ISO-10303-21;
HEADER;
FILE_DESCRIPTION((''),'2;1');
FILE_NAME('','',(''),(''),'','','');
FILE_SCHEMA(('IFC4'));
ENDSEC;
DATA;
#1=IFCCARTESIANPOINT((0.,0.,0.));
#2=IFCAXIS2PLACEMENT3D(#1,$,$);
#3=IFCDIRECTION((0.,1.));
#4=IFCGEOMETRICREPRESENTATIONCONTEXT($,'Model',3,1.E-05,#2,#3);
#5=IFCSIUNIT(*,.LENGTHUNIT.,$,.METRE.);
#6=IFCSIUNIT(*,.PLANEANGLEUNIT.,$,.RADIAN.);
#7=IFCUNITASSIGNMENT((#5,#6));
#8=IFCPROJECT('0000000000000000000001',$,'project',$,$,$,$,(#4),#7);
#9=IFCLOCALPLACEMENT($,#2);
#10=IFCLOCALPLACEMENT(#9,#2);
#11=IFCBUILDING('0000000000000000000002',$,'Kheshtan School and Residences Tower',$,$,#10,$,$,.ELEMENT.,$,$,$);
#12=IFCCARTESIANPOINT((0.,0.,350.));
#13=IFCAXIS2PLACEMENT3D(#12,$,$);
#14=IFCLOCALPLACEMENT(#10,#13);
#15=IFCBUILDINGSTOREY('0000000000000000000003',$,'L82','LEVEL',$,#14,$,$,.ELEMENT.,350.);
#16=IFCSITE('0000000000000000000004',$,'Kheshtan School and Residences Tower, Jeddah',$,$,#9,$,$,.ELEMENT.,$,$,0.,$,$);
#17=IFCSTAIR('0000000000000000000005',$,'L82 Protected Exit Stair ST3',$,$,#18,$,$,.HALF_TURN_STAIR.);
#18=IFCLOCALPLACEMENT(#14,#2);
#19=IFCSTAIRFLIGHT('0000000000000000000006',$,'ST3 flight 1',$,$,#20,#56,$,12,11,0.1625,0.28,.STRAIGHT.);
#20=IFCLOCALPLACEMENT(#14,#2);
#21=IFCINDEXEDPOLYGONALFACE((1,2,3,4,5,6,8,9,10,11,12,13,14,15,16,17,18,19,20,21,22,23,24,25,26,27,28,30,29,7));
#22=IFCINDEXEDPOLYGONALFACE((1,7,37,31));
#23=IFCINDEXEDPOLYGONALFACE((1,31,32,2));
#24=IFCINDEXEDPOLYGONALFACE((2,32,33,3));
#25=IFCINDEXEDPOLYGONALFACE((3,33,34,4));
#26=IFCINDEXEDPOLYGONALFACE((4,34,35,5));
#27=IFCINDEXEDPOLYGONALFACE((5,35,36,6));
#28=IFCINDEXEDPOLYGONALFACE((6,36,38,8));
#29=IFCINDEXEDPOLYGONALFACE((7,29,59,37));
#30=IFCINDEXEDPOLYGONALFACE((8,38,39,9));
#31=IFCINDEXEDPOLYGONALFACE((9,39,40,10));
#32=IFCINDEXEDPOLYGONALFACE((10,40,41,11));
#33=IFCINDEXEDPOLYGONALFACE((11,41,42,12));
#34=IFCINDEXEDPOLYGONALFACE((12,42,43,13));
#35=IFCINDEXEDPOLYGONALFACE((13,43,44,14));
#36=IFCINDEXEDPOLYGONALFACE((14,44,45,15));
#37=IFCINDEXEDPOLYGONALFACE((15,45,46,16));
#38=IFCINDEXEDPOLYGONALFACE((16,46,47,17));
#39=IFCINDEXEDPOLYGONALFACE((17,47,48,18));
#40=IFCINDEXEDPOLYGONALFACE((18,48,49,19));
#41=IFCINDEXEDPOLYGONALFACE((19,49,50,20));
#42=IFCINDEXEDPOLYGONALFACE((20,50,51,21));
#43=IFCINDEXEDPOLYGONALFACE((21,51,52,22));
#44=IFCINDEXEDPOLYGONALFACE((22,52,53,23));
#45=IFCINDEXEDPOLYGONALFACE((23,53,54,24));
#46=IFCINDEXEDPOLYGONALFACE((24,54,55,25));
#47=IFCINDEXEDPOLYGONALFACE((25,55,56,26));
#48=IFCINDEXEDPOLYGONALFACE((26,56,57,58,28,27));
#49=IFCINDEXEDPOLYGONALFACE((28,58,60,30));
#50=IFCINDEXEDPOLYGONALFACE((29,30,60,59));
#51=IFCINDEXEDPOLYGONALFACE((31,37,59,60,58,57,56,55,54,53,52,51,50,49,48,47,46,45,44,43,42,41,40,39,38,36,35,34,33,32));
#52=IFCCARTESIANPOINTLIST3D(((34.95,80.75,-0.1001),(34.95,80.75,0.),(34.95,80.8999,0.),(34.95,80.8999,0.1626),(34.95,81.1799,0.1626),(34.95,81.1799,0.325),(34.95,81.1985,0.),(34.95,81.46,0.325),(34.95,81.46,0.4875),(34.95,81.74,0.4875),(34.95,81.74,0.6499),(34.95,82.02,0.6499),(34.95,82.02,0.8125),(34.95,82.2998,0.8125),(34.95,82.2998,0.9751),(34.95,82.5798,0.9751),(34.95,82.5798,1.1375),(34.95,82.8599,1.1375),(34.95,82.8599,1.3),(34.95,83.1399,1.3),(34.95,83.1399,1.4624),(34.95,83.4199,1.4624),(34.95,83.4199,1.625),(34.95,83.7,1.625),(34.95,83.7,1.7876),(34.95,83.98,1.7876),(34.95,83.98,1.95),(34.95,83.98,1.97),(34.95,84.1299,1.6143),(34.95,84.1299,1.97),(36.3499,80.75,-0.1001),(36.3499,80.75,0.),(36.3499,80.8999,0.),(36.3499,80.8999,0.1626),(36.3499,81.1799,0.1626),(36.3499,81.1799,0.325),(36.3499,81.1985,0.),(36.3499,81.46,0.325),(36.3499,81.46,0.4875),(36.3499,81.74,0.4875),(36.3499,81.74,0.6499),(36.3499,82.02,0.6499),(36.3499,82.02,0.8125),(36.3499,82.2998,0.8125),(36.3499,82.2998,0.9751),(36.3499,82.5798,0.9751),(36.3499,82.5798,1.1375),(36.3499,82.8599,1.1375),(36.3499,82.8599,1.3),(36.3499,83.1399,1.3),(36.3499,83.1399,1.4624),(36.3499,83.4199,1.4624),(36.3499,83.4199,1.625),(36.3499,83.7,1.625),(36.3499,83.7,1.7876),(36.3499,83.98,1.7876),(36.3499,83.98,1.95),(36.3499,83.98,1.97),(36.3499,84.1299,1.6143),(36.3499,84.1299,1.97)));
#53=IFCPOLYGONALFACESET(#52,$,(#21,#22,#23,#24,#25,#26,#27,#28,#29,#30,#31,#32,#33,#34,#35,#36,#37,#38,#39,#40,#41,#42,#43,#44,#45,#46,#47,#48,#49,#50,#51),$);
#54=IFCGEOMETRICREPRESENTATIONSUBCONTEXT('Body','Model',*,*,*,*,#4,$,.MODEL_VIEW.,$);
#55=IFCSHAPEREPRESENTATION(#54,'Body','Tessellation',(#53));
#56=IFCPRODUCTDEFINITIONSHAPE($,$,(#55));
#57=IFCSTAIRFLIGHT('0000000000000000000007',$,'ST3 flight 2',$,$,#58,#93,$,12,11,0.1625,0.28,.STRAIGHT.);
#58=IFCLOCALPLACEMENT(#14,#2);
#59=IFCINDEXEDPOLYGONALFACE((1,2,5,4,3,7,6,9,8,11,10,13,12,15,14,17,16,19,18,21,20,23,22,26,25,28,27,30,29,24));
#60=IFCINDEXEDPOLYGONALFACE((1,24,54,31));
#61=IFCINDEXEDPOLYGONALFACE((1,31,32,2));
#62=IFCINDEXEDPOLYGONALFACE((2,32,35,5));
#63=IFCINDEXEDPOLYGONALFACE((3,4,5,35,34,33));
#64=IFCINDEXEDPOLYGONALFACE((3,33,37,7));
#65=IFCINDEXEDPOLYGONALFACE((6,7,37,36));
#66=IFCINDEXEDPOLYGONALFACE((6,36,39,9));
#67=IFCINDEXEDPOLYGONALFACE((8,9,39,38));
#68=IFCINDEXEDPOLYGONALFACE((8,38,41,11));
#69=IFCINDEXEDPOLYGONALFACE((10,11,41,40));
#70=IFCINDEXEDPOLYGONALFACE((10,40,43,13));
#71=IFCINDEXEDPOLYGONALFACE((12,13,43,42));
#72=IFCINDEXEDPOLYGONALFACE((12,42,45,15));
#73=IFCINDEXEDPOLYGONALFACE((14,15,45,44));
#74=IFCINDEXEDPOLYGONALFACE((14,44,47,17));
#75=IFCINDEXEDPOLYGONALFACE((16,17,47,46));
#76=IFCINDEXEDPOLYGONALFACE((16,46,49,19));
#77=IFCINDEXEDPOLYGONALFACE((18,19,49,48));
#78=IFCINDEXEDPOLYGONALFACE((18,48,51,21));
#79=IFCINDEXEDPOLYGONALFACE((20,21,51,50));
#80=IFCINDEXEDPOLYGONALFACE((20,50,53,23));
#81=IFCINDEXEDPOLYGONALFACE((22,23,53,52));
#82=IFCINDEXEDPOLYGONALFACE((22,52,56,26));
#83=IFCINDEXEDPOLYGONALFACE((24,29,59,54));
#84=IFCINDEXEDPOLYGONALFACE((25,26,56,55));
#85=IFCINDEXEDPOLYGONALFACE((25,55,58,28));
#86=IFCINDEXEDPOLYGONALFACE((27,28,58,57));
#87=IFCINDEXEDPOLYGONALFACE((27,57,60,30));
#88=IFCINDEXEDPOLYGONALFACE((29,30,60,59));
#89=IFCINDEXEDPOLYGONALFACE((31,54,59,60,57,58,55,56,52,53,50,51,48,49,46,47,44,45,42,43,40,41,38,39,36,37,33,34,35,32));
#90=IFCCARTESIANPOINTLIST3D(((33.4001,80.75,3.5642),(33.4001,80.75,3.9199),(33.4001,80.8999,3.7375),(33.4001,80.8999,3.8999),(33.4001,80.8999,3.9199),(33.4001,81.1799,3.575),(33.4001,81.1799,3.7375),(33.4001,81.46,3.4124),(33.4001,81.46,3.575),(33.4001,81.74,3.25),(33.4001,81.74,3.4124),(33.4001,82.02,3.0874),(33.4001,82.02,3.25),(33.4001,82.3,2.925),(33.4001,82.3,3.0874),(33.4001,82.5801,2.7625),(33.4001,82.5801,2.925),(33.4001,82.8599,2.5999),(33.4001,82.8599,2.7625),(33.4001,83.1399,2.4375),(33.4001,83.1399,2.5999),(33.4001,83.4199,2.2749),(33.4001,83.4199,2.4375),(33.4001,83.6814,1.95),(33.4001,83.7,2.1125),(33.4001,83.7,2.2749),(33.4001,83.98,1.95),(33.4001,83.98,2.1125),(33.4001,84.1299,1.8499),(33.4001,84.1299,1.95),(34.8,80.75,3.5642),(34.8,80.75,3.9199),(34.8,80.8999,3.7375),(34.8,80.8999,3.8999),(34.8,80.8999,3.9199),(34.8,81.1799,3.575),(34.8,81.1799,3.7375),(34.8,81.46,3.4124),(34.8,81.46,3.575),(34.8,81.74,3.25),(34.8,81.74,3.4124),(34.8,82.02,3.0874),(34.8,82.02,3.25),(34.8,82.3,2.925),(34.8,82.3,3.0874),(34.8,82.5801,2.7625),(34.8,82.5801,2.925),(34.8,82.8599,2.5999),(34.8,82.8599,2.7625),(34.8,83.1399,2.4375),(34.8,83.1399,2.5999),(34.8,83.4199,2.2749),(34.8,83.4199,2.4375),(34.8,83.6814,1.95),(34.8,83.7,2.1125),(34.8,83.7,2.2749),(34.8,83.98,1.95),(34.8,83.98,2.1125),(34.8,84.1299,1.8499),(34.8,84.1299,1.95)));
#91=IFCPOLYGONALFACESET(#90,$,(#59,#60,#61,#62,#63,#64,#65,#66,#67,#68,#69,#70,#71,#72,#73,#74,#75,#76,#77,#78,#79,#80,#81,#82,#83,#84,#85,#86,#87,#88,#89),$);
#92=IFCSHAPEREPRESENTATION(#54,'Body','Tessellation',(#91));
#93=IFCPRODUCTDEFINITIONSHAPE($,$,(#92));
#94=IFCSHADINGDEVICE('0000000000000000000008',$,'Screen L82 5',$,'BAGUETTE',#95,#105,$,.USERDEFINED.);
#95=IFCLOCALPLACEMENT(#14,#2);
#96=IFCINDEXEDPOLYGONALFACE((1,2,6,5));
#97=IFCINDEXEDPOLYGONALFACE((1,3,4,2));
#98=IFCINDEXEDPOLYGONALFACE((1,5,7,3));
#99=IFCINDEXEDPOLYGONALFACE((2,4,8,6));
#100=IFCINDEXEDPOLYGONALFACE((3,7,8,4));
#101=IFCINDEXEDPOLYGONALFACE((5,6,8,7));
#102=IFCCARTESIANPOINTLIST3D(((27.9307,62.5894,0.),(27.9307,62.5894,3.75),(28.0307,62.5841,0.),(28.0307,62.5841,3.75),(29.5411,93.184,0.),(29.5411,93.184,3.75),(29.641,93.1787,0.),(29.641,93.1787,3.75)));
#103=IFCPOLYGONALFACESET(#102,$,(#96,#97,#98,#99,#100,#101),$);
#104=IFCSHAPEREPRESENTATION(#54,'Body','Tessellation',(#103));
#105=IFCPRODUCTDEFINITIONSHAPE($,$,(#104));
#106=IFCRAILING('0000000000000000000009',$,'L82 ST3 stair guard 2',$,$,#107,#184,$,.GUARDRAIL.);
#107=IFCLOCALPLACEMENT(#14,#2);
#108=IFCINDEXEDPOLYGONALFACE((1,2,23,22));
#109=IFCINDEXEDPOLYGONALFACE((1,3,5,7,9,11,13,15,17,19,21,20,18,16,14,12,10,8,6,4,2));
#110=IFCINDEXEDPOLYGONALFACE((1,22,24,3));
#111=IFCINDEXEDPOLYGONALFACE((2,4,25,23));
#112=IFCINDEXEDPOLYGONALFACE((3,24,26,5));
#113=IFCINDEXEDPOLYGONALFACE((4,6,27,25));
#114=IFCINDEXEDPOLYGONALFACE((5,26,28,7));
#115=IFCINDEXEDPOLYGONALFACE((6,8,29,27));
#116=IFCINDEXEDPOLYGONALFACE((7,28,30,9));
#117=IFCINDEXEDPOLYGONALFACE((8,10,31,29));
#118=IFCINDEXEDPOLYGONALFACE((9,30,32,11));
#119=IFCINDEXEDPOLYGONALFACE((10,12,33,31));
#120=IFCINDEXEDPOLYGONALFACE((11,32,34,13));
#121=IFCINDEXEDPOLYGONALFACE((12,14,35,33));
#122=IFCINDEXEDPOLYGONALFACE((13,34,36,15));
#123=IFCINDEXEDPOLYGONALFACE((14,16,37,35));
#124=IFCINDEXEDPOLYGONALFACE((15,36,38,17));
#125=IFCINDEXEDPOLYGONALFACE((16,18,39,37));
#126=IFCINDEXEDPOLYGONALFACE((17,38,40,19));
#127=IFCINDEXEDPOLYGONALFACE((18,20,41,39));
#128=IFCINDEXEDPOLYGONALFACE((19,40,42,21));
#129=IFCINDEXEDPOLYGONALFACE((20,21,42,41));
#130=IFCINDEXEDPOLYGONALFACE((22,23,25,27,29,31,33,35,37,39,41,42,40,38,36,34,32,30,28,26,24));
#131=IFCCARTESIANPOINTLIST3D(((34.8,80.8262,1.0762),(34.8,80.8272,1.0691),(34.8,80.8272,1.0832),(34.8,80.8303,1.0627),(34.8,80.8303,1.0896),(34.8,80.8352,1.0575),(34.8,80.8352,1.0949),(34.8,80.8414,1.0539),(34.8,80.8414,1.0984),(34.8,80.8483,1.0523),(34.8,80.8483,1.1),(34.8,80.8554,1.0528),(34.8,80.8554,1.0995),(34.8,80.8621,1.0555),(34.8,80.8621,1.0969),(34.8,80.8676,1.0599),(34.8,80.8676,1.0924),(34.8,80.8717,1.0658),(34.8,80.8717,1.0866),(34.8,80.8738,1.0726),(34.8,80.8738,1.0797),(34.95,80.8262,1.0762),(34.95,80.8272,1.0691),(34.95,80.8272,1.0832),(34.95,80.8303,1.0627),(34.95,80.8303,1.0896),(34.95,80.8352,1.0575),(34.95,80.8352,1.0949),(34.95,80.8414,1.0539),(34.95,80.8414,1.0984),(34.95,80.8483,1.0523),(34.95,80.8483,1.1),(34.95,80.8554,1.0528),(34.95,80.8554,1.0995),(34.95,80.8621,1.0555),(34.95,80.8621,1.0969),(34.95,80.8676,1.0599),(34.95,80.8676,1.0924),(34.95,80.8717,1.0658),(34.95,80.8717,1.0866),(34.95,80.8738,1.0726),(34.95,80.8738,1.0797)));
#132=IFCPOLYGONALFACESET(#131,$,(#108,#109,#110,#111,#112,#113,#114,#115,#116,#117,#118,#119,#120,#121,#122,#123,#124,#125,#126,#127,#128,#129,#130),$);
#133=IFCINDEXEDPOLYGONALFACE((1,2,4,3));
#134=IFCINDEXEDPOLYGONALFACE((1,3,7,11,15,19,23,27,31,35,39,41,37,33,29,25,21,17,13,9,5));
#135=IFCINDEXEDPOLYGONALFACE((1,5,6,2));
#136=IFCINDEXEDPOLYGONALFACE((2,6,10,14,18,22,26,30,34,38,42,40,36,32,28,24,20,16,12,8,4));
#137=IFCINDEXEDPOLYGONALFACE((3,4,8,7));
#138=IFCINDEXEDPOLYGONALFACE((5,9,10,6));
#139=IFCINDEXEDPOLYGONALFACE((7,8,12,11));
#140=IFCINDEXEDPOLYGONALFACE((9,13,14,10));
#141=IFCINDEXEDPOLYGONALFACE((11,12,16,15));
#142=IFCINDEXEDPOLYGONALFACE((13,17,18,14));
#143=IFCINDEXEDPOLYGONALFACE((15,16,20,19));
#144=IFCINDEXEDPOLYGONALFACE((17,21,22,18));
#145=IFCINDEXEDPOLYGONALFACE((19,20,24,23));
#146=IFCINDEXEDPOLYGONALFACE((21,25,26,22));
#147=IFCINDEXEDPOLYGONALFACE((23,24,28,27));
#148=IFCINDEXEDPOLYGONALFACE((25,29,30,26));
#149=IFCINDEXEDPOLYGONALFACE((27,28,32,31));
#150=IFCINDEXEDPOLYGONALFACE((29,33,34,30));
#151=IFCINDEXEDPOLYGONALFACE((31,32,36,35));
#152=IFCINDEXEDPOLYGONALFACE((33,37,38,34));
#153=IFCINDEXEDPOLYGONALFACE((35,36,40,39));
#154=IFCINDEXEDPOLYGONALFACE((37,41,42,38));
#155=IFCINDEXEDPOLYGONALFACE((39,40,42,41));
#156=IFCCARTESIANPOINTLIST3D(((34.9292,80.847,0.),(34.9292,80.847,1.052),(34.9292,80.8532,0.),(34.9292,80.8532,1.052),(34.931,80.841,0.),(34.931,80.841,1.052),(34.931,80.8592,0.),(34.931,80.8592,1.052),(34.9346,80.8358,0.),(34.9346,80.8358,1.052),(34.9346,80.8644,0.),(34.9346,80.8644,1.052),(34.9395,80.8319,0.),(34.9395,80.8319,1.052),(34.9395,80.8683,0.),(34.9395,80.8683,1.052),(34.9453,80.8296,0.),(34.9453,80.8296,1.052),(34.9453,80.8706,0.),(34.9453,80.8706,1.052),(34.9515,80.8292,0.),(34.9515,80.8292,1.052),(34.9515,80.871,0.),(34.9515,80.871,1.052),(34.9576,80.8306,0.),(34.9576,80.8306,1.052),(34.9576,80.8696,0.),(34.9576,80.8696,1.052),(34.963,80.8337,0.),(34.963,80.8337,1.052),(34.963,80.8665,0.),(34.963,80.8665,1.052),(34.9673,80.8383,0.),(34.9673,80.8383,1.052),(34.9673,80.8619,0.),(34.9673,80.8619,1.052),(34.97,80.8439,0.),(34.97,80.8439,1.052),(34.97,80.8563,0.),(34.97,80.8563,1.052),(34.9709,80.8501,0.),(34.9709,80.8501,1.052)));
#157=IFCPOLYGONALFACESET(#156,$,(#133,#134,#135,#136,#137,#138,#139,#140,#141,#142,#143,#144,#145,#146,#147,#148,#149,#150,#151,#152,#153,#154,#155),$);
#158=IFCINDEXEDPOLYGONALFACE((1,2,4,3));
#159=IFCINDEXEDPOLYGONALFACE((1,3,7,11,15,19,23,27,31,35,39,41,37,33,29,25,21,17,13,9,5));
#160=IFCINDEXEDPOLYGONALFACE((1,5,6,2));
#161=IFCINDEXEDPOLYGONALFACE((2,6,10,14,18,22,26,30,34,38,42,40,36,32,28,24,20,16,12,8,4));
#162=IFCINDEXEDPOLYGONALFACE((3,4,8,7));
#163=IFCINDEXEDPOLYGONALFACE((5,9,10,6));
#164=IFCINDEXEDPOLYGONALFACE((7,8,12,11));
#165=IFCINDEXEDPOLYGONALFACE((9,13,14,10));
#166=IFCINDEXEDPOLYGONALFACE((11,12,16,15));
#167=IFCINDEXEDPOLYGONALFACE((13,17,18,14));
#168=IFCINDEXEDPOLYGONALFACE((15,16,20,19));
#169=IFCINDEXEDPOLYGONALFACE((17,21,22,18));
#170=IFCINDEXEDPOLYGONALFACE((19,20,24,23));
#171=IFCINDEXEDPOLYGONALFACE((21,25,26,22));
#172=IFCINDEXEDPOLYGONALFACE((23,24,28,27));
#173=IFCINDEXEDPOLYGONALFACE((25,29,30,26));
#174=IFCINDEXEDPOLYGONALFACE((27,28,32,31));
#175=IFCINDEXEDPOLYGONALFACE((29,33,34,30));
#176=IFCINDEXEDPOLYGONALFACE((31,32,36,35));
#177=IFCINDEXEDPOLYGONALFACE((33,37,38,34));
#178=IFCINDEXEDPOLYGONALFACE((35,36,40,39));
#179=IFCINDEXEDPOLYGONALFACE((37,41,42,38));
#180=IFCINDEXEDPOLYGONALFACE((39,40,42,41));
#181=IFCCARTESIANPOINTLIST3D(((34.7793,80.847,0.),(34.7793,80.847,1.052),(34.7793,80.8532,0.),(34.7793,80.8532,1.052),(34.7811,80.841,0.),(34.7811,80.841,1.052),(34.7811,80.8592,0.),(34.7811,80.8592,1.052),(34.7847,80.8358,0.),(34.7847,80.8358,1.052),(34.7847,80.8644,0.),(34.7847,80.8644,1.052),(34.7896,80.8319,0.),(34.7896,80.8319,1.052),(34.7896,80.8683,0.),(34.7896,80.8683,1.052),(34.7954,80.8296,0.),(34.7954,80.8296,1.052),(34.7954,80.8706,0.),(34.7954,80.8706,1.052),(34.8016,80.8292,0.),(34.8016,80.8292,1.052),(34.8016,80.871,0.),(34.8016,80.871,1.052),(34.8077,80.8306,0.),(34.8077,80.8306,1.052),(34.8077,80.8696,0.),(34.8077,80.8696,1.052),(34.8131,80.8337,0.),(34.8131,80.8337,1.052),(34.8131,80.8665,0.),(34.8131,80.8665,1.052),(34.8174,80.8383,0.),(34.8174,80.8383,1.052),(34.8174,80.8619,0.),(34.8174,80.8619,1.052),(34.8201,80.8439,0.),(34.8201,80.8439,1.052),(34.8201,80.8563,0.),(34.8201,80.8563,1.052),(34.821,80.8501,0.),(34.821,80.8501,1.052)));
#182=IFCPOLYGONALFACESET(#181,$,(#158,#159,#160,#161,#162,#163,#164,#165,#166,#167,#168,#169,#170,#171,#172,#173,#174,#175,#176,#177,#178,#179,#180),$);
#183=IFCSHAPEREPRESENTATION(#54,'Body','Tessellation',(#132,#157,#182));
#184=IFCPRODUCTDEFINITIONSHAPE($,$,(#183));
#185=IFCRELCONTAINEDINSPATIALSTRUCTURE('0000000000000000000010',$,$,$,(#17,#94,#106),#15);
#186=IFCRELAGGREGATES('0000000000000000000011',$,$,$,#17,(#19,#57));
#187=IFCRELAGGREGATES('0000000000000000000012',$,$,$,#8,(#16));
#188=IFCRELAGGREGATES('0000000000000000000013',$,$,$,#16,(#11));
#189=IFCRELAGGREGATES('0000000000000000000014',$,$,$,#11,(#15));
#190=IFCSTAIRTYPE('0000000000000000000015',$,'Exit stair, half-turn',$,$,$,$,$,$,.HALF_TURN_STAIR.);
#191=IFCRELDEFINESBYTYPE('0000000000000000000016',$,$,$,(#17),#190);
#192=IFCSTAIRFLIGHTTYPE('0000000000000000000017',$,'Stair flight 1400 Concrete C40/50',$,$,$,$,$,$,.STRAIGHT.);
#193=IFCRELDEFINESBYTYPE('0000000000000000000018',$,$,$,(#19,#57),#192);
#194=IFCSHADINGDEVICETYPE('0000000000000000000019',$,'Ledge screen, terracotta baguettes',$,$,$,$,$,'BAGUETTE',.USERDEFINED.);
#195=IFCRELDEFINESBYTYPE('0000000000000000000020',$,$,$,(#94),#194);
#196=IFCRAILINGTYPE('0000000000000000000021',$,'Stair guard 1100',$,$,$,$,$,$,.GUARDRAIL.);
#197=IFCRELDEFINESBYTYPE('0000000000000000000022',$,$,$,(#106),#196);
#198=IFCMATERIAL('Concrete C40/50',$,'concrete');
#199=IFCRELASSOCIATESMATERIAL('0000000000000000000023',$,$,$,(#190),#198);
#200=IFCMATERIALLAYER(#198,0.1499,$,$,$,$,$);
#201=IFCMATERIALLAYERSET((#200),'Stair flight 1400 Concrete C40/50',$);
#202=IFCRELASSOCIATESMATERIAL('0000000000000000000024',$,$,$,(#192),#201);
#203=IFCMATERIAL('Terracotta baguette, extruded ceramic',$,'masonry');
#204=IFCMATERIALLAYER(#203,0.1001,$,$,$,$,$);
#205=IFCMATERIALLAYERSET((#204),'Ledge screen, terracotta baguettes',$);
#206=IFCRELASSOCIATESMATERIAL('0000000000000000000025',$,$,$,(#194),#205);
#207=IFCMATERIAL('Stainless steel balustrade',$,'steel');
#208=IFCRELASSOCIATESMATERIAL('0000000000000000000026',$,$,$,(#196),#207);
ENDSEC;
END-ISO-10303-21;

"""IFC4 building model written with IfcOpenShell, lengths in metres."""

from ifc_helpers import new_model, si_unit, direction, frame, origin, origin_2d, place, context, subcontext, project, spatial, polyline, rectangle, circle, outline, extrude, material, layer, layer_set, type_object, element, aggregate, save


model = new_model("IFC4")

# Units and contexts
model_context = context("Model", 3, precision=1e-05, world=origin(), true_north=direction((0.0, 1.0)))
body_context = subcontext(model_context, "Body", "Model", "MODEL_VIEW")
ifc_project = project(units=[si_unit("LENGTHUNIT", "METRE"), si_unit("PLANEANGLEUNIT", "RADIAN")], contexts=[model_context])

# Site, building, storey
site_placement = place(None, origin())
site = spatial("IfcSite", under=ifc_project, at=site_placement, Name="Kheshtan School and Residences Tower, Jeddah", CompositionType="ELEMENT", RefElevation=0.0)
building_placement = place(site_placement, origin())
building = spatial("IfcBuilding", under=site, at=building_placement, Name="Kheshtan School and Residences Tower", CompositionType="ELEMENT")
storey_placement = place(building_placement, frame((0.0, 0.0, 350.0)))
storey = spatial("IfcBuildingStorey", under=building, at=storey_placement, Name="L82", Description="LEVEL", CompositionType="ELEMENT", Elevation=350.0)

# Shared definitions
ifc_material_1 = material(Name="Concrete C40/50", Category="concrete")

# Stair, stair flights
stair_type = type_object("IfcStairType", Name="Exit stair, half-turn", PredefinedType="HALF_TURN_STAIR", material=ifc_material_1)
stair_placement = place(storey_placement, origin())
stair = element("IfcStair", 1, at=stair_placement, inside=storey, type_object=stair_type, Name="L82 Protected Exit Stair ST3", PredefinedType="HALF_TURN_STAIR")
ifc_layer_1 = layer(ifc_material_1, 0.1499)
ifc_layer_set_1 = layer_set([ifc_layer_1], Name="Stair flight 1400 Concrete C40/50")
stair_flight_type = type_object("IfcStairFlightType", Name="Stair flight 1400 Concrete C40/50", PredefinedType="STRAIGHT", material=ifc_layer_set_1)
stair_flight_1_placement = place(storey_placement, frame((35.6499, 80.8999, 0.0), z_axis=(0.0, 0.0, 1.0), x_axis=(0.0, 1.0, 0.0)))
stair_flight_1 = element("IfcStairFlight", 2, at=stair_flight_1_placement, type_object=stair_flight_type, Name="ST3 flight 1", NumberOfRisers=12, NumberOfTreads=11, PredefinedType="STRAIGHT", RiserHeight=0.1625, TreadLength=0.28, context=body_context, shape_type="SweptSolid", body=[
    extrude(outline(polyline([(-0.1499, -0.1001), (-0.1499, 0.0), (0.0, 0.0), (0.0, 0.1626), (0.28, 0.1626), (0.28, 0.325), (0.5601, 0.325), (0.5601, 0.4875), (0.8401, 0.4875), (0.8401, 0.6499), (1.1201, 0.6499), (1.1201, 0.8125), (1.3999, 0.8125), (1.3999, 0.9751), (1.6799, 0.9751), (1.6799, 1.1375), (1.96, 1.1375), (1.96, 1.3), (2.24, 1.3), (2.24, 1.4624), (2.52, 1.4624), (2.52, 1.625), (2.8, 1.625), (2.8, 1.7876), (3.0801, 1.7876), (3.0801, 1.95), (3.0801, 1.97), (3.23, 1.97), (3.23, 1.6143), (0.2986, 0.0), (-0.1499, -0.1001)])), frame((0.0, 0.7, 0.0), z_axis=(0.0, -1.0, 0.0), x_axis=(1.0, 0.0, 0.0)), (0.0, 0.0, 1.0), 1.3999),
])
stair_flight_2_placement = place(storey_placement, frame((34.1001, 83.98, 1.95), z_axis=(0.0, 0.0, 1.0), x_axis=(0.0, -1.0, 0.0)))
stair_flight_2 = element("IfcStairFlight", 3, at=stair_flight_2_placement, type_object=stair_flight_type, Name="ST3 flight 2", NumberOfRisers=12, NumberOfTreads=11, PredefinedType="STRAIGHT", RiserHeight=0.1625, TreadLength=0.28, context=body_context, shape_type="SweptSolid", body=[
    extrude(outline(polyline([(-0.1499, -0.1001), (-0.1499, 0.0), (0.0, 0.0), (0.0, 0.1626), (0.28, 0.1626), (0.28, 0.325), (0.5601, 0.325), (0.5601, 0.4875), (0.8401, 0.4875), (0.8401, 0.6499), (1.1201, 0.6499), (1.1201, 0.8125), (1.3999, 0.8125), (1.3999, 0.9751), (1.6799, 0.9751), (1.6799, 1.1375), (1.96, 1.1375), (1.96, 1.3), (2.24, 1.3), (2.24, 1.4624), (2.52, 1.4624), (2.52, 1.625), (2.8, 1.625), (2.8, 1.7876), (3.0801, 1.7876), (3.0801, 1.95), (3.0801, 1.97), (3.23, 1.97), (3.23, 1.6143), (0.2986, 0.0), (-0.1499, -0.1001)])), frame((0.0, 0.7, 0.0), z_axis=(0.0, -1.0, 0.0), x_axis=(1.0, 0.0, 0.0)), (0.0, 0.0, 1.0), 1.3999),
])
aggregate(stair, [stair_flight_1, stair_flight_2])

# Shading device
ifc_material_2 = material(Name="Terracotta baguette, extruded ceramic", Category="masonry")
ifc_layer_2 = layer(ifc_material_2, 0.1001)
ifc_layer_set_2 = layer_set([ifc_layer_2], Name="Ledge screen, terracotta baguettes")
shading_device_type = type_object("IfcShadingDeviceType", Name="Ledge screen, terracotta baguettes", ElementType="BAGUETTE", PredefinedType="USERDEFINED", material=ifc_layer_set_2)
shading_device_placement = place(storey_placement, frame((28.7859, 77.884, 0.0), z_axis=(0.0, 0.0, 1.0), x_axis=(0.052563, 0.998618, 0.0)))
element("IfcShadingDevice", 4, at=shading_device_placement, inside=storey, type_object=shading_device_type, Name="Screen L82 5", ObjectType="BAGUETTE", PredefinedType="USERDEFINED", context=body_context, shape_type="SweptSolid", body=[
    extrude(rectangle(XDim=30.637, YDim=0.1001, at=origin_2d()), origin(), (0.0, 0.0, 1.0), 3.75),
])

# Railing
ifc_material_3 = material(Name="Stainless steel balustrade", Category="steel")
railing_type_1 = type_object("IfcRailingType", Name="Stair guard 1100", PredefinedType="GUARDRAIL", material=ifc_material_3)
railing_1_placement = place(storey_placement, frame((34.95, 80.8501, 0.0)))
element("IfcRailing", 5, at=railing_1_placement, inside=storey, type_object=railing_type_1, Name="L82 ST3 stair guard 2", PredefinedType="GUARDRAIL", context=body_context, shape_type="SweptSolid", body=[
    extrude(circle(Radius=0.0239, at=origin_2d()), frame((0.0, 0.0, 1.0762), z_axis=(-1.0, 0.0, 0.0), x_axis=(0.0, -1.0, 0.0)), (0.0, 0.0, 1.0), 0.1499),
    extrude(circle(Radius=0.021, at=origin_2d()), origin(), (0.0, 0.0, 1.0), 1.052),
    extrude(circle(Radius=0.021, at=origin_2d()), frame((-0.1499, 0.0, 0.0)), (0.0, 0.0, 1.0), 1.052),
])

save(model, "model.ifc")
